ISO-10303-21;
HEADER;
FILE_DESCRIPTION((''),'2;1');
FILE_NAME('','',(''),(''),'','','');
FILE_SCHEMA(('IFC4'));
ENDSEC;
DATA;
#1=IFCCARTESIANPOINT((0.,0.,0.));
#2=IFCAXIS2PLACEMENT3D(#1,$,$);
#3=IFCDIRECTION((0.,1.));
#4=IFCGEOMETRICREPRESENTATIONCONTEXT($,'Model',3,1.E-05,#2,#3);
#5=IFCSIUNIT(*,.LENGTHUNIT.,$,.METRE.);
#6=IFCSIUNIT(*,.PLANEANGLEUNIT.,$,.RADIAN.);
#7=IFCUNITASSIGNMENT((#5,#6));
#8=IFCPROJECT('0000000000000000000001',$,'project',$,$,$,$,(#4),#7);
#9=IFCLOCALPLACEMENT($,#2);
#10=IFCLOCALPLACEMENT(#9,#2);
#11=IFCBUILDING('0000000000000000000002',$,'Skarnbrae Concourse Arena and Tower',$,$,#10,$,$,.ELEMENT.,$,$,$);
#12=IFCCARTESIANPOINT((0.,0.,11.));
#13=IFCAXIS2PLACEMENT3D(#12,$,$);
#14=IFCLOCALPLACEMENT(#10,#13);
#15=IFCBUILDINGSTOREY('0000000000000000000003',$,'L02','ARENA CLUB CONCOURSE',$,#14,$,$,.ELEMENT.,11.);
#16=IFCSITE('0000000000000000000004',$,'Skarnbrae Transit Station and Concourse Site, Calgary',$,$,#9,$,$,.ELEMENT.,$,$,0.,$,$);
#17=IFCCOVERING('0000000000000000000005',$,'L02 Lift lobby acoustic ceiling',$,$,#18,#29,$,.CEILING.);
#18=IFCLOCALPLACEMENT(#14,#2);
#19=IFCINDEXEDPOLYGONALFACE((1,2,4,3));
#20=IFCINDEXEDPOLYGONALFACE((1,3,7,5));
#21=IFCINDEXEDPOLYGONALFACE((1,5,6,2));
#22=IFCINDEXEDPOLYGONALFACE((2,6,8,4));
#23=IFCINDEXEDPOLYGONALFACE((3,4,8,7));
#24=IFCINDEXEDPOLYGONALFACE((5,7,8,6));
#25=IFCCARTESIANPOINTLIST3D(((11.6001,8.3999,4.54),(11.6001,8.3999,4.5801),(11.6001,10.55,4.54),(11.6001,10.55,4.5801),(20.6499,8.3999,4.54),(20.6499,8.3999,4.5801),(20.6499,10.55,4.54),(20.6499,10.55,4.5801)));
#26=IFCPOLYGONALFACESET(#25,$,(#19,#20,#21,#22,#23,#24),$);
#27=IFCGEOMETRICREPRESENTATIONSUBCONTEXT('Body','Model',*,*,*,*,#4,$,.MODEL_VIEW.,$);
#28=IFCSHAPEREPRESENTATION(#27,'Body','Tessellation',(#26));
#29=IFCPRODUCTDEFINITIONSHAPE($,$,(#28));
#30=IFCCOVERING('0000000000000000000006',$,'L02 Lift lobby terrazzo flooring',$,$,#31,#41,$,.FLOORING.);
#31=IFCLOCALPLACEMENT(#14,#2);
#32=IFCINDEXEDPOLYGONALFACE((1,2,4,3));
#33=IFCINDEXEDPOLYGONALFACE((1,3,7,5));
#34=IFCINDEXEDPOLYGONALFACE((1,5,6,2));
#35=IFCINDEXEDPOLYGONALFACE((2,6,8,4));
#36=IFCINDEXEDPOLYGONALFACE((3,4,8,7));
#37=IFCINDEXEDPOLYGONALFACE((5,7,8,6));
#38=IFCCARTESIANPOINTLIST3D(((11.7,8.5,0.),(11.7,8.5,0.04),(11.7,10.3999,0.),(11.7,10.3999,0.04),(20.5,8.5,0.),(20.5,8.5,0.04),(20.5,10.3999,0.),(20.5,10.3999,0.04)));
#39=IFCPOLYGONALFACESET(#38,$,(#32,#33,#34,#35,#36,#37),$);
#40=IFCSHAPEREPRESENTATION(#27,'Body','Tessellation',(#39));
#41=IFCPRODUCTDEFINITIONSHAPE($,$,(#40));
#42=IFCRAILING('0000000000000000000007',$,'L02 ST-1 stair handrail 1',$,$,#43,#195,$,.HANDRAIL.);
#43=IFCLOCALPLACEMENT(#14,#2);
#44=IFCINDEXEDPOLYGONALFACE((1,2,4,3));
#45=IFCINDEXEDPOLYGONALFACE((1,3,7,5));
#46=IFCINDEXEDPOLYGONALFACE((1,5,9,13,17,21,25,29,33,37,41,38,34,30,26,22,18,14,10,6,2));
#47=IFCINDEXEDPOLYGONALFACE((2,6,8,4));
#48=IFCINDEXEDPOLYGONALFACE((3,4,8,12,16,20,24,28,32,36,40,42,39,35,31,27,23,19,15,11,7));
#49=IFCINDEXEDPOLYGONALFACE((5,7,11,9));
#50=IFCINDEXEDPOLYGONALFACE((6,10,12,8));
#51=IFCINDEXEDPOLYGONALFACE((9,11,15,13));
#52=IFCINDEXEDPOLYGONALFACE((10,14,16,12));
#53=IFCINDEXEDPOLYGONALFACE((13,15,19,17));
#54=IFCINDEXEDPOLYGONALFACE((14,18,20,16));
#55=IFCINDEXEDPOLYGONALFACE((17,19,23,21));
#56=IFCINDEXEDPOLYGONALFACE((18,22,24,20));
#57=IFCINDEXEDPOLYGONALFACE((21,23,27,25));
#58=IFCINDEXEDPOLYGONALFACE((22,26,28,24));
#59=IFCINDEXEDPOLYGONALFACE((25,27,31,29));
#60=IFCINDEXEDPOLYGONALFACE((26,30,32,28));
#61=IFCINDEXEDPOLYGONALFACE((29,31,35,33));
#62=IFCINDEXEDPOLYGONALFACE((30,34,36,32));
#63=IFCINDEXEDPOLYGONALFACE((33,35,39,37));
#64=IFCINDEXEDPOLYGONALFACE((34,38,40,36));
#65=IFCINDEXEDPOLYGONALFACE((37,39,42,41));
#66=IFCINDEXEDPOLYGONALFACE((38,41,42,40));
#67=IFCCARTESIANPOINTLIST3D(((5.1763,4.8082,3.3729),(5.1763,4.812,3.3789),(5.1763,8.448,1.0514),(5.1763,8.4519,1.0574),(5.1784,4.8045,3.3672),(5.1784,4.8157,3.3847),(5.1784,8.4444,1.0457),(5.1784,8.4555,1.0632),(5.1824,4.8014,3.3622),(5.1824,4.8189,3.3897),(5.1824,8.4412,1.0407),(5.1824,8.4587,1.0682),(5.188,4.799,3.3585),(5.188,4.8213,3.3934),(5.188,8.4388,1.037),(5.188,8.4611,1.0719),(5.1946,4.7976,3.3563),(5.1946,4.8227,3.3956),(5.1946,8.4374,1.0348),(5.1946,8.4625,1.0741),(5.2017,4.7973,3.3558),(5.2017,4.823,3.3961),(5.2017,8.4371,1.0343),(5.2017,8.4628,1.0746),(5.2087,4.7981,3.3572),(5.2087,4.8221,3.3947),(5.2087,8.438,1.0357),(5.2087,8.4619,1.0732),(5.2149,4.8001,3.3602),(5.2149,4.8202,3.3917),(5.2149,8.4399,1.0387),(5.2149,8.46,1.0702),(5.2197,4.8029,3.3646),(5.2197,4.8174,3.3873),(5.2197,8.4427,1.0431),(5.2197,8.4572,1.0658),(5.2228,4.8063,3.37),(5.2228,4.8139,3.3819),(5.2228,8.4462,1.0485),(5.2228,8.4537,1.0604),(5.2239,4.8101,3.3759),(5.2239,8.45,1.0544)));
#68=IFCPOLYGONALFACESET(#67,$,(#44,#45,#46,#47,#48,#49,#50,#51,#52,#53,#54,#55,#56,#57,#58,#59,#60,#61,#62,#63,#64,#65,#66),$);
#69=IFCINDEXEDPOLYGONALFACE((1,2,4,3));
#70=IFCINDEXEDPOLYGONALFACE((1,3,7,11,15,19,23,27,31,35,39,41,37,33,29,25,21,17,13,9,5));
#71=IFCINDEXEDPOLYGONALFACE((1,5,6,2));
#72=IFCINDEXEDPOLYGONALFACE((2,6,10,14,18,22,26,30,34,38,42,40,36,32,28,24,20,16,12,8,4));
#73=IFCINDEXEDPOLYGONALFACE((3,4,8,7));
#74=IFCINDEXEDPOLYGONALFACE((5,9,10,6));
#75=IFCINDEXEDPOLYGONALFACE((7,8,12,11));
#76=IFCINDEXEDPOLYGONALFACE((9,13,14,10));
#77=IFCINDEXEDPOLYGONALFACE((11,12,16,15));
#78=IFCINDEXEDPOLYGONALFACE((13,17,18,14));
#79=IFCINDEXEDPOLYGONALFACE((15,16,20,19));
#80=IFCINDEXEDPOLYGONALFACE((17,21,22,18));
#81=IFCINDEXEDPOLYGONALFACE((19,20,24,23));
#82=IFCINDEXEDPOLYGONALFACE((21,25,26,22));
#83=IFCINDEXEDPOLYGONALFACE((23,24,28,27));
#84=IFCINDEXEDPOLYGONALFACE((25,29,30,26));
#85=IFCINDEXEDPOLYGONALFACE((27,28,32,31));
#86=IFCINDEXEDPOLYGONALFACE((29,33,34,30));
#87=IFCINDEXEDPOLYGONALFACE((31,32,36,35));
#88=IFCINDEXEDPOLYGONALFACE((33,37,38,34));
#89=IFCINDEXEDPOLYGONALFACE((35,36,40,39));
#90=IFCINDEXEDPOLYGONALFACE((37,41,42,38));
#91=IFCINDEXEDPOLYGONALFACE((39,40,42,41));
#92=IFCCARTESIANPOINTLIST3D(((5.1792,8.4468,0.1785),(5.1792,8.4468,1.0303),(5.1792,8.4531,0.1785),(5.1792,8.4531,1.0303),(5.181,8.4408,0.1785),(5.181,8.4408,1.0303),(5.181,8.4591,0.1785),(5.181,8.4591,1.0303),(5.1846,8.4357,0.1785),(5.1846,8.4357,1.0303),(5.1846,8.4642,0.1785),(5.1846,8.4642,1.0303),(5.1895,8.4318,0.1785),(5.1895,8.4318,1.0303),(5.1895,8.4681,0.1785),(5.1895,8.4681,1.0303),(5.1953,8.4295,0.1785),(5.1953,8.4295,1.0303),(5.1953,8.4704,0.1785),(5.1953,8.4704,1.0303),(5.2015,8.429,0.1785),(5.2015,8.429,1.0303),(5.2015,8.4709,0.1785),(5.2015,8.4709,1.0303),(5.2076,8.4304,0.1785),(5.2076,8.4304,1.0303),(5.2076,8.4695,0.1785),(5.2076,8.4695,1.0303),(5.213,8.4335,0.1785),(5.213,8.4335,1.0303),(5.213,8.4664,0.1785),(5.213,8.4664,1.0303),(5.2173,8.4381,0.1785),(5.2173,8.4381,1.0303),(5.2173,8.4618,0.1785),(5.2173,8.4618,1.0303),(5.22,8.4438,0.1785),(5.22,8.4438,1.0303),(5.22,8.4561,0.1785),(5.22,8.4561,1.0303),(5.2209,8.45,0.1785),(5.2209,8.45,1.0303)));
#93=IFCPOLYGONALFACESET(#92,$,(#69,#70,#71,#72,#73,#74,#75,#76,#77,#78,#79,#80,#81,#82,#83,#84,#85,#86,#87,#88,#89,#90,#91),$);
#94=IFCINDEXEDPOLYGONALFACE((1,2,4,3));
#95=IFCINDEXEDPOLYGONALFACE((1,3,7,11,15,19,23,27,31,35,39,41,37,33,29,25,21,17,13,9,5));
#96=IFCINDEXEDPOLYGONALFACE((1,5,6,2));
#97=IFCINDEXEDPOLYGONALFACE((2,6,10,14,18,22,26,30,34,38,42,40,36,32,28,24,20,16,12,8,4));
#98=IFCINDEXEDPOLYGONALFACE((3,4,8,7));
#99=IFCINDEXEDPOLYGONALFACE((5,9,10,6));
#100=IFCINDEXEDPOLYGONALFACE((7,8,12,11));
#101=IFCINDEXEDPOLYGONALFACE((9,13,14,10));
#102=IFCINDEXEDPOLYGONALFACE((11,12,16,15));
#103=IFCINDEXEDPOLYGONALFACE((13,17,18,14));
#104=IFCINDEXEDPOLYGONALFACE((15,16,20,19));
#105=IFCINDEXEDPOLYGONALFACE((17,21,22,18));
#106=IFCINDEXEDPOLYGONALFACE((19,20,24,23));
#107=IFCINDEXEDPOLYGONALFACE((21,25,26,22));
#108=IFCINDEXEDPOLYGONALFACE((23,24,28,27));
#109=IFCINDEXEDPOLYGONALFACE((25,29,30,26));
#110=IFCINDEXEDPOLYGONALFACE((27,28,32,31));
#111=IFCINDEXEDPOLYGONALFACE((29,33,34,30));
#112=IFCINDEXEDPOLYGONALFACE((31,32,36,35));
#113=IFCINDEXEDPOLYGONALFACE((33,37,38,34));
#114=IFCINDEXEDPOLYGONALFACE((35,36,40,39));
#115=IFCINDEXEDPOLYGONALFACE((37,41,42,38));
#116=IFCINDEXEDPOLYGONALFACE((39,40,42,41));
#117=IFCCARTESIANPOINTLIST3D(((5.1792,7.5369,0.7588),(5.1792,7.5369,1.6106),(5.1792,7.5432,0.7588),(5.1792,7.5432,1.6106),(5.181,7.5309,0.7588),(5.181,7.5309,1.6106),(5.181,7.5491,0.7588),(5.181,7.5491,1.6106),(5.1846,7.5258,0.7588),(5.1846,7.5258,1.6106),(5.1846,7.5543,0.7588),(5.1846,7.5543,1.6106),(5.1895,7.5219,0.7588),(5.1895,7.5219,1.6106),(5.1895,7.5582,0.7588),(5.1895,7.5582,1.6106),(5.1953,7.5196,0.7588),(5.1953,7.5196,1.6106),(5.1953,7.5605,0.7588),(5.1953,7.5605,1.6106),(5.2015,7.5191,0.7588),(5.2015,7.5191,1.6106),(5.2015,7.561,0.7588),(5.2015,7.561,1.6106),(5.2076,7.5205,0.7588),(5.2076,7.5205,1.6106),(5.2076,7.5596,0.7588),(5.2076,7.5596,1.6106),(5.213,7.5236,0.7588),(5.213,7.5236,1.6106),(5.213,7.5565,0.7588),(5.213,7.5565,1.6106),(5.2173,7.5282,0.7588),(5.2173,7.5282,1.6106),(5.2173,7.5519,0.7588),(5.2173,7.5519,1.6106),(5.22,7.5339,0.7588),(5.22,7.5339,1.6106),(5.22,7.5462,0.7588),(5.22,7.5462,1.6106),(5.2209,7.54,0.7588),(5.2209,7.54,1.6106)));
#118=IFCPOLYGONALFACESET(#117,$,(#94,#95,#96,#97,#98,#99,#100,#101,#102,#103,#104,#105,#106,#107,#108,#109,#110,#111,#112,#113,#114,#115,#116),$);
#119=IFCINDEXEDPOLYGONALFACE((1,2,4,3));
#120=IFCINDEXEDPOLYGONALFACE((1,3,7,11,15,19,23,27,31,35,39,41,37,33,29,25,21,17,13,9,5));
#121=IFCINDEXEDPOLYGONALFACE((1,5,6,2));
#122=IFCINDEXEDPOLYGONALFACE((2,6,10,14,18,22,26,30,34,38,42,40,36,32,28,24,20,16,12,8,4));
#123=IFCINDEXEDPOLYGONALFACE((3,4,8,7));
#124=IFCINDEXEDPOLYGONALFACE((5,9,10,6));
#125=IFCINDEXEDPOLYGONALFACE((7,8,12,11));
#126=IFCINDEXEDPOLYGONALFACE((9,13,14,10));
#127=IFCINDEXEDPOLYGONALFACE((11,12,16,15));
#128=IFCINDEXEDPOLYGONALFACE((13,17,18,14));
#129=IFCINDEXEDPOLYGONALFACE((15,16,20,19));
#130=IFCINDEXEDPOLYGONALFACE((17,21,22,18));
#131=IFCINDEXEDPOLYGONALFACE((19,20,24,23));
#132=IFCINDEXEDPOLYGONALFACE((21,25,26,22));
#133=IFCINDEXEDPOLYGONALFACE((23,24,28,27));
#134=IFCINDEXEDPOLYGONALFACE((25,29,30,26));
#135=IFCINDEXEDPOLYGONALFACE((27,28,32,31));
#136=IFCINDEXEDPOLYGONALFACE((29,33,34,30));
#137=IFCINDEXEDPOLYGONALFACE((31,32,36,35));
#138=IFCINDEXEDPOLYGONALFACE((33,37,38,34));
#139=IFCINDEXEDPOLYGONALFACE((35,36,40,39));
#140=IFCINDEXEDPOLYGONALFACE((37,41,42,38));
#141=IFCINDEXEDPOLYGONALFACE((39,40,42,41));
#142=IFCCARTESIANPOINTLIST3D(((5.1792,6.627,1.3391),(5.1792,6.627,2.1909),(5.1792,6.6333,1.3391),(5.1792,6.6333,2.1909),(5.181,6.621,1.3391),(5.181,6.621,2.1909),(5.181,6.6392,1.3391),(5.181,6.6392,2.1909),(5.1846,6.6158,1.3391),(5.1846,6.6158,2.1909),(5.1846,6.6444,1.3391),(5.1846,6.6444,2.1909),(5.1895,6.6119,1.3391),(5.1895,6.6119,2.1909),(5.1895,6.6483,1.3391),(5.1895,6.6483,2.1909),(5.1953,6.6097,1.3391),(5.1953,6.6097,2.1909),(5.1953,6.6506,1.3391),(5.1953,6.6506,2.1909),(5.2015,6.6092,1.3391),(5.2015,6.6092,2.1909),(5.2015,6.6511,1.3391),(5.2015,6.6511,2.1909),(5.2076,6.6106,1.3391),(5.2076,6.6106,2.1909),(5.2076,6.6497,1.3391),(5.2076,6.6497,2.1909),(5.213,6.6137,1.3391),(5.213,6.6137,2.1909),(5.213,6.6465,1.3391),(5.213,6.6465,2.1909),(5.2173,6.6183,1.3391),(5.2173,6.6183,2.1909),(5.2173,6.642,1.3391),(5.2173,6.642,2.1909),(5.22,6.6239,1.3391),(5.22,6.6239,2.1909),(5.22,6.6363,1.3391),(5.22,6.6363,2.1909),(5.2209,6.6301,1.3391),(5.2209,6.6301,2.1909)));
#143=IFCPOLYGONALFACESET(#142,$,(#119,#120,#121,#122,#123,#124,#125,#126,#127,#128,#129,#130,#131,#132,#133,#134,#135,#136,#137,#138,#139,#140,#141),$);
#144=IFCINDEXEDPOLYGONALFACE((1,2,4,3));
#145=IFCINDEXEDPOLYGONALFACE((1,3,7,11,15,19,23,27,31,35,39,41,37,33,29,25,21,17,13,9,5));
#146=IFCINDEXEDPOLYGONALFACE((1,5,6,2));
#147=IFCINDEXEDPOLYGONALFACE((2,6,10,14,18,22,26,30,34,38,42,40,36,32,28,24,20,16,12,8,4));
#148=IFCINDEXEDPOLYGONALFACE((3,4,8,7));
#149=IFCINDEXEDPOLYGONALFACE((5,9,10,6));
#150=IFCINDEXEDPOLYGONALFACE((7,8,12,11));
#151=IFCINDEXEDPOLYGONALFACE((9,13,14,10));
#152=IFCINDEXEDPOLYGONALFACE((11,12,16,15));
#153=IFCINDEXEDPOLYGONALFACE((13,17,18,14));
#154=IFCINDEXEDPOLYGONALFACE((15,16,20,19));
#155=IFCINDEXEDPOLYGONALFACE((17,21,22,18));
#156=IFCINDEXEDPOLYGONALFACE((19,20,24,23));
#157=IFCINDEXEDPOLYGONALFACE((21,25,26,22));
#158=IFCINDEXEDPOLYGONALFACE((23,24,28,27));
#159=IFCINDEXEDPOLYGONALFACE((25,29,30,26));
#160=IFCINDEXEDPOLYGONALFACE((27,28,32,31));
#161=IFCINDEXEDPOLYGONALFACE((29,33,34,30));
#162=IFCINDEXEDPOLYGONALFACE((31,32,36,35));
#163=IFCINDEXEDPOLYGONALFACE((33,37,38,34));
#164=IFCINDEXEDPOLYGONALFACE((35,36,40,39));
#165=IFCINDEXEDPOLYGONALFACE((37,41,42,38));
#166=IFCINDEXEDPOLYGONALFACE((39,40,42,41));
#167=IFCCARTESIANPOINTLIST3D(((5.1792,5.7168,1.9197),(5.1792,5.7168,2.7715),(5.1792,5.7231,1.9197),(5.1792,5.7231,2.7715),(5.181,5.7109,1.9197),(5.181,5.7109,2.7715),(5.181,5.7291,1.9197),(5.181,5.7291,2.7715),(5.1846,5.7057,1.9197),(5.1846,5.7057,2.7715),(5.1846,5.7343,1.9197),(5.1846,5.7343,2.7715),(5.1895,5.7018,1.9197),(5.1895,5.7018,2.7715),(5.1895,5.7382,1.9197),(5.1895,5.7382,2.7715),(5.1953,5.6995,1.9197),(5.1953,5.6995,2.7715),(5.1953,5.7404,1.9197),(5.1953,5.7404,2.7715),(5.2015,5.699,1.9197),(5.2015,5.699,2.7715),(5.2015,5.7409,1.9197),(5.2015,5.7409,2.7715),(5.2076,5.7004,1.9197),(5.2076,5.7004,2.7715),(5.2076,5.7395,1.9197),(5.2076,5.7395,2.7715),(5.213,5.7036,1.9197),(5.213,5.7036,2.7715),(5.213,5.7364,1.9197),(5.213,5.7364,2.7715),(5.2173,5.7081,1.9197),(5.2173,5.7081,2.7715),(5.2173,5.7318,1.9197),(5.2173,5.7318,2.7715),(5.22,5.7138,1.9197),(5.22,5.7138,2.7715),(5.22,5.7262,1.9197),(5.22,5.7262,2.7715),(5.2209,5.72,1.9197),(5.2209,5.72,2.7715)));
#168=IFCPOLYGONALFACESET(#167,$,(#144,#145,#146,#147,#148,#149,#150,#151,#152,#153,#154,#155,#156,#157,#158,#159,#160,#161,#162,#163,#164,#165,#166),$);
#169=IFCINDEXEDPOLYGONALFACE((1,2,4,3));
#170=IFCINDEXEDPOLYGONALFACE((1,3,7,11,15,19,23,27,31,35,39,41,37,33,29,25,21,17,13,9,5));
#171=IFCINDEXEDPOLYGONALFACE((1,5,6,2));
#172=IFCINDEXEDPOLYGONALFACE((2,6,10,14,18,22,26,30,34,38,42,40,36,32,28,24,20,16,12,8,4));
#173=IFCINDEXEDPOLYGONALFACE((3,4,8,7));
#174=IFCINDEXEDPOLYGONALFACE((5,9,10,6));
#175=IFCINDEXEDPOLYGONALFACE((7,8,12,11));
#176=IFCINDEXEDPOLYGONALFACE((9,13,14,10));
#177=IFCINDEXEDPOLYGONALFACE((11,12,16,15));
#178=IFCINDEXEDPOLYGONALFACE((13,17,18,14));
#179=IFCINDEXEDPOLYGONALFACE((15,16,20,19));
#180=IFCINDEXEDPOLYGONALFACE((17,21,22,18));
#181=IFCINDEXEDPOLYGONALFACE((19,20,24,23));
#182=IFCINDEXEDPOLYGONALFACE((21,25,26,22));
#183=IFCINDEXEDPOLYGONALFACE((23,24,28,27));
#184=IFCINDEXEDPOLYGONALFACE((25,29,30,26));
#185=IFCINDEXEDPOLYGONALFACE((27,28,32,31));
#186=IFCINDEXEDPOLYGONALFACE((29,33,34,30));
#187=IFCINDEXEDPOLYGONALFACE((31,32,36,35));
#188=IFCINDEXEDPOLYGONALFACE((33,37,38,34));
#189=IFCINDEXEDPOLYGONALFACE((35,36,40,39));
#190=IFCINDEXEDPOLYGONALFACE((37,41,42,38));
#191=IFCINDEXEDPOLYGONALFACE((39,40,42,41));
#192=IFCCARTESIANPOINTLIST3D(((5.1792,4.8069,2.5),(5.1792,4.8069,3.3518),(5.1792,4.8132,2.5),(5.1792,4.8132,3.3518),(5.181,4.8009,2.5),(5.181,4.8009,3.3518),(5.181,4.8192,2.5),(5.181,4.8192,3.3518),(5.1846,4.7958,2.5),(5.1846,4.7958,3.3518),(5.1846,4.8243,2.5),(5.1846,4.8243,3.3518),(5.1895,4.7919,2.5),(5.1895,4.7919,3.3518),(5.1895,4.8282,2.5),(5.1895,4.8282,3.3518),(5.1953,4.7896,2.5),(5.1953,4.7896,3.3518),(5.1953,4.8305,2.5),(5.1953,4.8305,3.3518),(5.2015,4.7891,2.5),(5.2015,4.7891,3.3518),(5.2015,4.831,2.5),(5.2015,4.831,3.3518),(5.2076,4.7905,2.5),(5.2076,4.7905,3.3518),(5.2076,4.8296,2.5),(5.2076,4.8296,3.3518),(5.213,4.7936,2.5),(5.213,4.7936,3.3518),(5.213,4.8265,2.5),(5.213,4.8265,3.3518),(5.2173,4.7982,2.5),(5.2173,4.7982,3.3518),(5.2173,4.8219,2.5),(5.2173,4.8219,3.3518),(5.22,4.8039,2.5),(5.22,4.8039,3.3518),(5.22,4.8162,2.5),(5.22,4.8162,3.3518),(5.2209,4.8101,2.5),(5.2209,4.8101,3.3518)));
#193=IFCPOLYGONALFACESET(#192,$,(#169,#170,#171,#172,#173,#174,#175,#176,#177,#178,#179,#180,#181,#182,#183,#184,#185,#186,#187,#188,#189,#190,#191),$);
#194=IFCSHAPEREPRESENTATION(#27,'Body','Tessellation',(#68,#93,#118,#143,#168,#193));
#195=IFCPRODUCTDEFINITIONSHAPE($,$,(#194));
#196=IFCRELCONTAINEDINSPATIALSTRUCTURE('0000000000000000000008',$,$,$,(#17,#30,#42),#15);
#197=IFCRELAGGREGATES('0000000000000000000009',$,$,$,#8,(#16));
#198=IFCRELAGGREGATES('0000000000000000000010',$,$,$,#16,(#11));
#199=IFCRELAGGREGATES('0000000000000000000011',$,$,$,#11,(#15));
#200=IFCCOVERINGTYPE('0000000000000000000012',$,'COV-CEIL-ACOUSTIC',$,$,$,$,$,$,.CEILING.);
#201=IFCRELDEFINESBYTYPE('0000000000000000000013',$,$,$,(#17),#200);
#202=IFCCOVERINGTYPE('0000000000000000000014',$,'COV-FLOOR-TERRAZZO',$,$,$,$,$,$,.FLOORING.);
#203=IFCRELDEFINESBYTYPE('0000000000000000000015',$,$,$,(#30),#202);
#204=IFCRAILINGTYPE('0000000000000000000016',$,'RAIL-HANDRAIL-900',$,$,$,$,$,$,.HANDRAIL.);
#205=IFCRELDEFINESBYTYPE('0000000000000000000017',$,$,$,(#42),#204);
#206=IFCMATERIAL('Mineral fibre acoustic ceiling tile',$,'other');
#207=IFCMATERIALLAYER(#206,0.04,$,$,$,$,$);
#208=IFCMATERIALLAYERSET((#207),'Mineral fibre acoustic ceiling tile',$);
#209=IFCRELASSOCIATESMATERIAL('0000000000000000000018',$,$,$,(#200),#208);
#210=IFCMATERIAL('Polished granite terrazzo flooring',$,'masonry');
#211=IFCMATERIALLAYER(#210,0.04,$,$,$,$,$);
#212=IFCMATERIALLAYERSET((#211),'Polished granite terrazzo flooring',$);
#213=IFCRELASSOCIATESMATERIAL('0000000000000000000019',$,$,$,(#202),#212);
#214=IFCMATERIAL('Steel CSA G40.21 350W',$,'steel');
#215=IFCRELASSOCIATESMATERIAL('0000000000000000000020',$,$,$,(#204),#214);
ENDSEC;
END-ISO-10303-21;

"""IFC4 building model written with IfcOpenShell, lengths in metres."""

from ifc_helpers import new_model, si_unit, direction, frame, origin, origin_2d, place, context, subcontext, project, spatial, polyline, circle, outline, extrude, material, layer, layer_set, type_object, element, save


model = new_model("IFC4")

# Units and contexts
model_context = context("Model", 3, precision=1e-05, world=origin(), true_north=direction((0.0, 1.0)))
body_context = subcontext(model_context, "Body", "Model", "MODEL_VIEW")
ifc_project = project(units=[si_unit("LENGTHUNIT", "METRE"), si_unit("PLANEANGLEUNIT", "RADIAN")], contexts=[model_context])

# Site, building, storey
site_placement = place(None, origin())
site = spatial("IfcSite", under=ifc_project, at=site_placement, Name="Skarnbrae Transit Station and Concourse Site, Calgary", CompositionType="ELEMENT", RefElevation=0.0)
building_placement = place(site_placement, origin())
building = spatial("IfcBuilding", under=site, at=building_placement, Name="Skarnbrae Concourse Arena and Tower", CompositionType="ELEMENT")
storey_placement = place(building_placement, frame((0.0, 0.0, 11.0)))
storey = spatial("IfcBuildingStorey", under=building, at=storey_placement, Name="L02", Description="ARENA CLUB CONCOURSE", CompositionType="ELEMENT", Elevation=11.0)

# Shared definitions
ifc_material_1 = material(Name="Steel CSA G40.21 350W", Category="steel")

# Coverings
ifc_material_2 = material(Name="Mineral fibre acoustic ceiling tile", Category="other")
ifc_layer_1 = layer(ifc_material_2, 0.04)
ifc_layer_set_1 = layer_set([ifc_layer_1], Name="Mineral fibre acoustic ceiling tile")
covering_type_1 = type_object("IfcCoveringType", Name="COV-CEIL-ACOUSTIC", PredefinedType="CEILING", material=ifc_layer_set_1)
covering_1_placement = place(storey_placement, frame((0.0, 0.0, 4.54)))
element("IfcCovering", 1, at=covering_1_placement, inside=storey, type_object=covering_type_1, Name="L02 Lift lobby acoustic ceiling", PredefinedType="CEILING", context=body_context, shape_type="SweptSolid", body=[
    extrude(outline(polyline([(11.6001, 8.3999), (20.6499, 8.3999), (20.6499, 10.55), (11.6001, 10.55), (11.6001, 8.3999)])), origin(), (0.0, 0.0, 1.0), 0.04),
])
ifc_material_3 = material(Name="Polished granite terrazzo flooring", Category="masonry")
ifc_layer_2 = layer(ifc_material_3, 0.04)
ifc_layer_set_2 = layer_set([ifc_layer_2], Name="Polished granite terrazzo flooring")
covering_type_2 = type_object("IfcCoveringType", Name="COV-FLOOR-TERRAZZO", PredefinedType="FLOORING", material=ifc_layer_set_2)
covering_2_placement = place(storey_placement, origin())
element("IfcCovering", 2, at=covering_2_placement, inside=storey, type_object=covering_type_2, Name="L02 Lift lobby terrazzo flooring", PredefinedType="FLOORING", context=body_context, shape_type="SweptSolid", body=[
    extrude(outline(polyline([(11.7, 8.5), (20.5, 8.5), (20.5, 10.3999), (11.7, 10.3999), (11.7, 8.5)])), origin(), (0.0, 0.0, 1.0), 0.04),
])

# Railing
railing_type_1 = type_object("IfcRailingType", Name="RAIL-HANDRAIL-900", PredefinedType="HANDRAIL", material=ifc_material_1)
railing_1_placement = place(storey_placement, frame((5.2, 8.45, 0.1785)))
element("IfcRailing", 3, at=railing_1_placement, inside=storey, type_object=railing_type_1, Name="L02 ST-1 stair handrail 1", PredefinedType="HANDRAIL", context=body_context, shape_type="SweptSolid", body=[
    extrude(circle(Radius=0.0239, at=origin_2d()), frame((0.0, 0.0, 0.876), z_axis=(0.0, -0.843112, 0.537739), x_axis=(1.0, 0.0, 0.0)), (0.0, 0.0, 1.0), 4.3171),
    extrude(circle(Radius=0.021, at=origin_2d()), origin(), (0.0, 0.0, 1.0), 0.8518),
    extrude(circle(Radius=0.021, at=origin_2d()), frame((0.0, -0.9099, 0.5803)), (0.0, 0.0, 1.0), 0.8518),
    extrude(circle(Radius=0.021, at=origin_2d()), frame((0.0, -1.8198, 1.1606)), (0.0, 0.0, 1.0), 0.8518),
    extrude(circle(Radius=0.021, at=origin_2d()), frame((0.0, -2.73, 1.7412)), (0.0, 0.0, 1.0), 0.8518),
    extrude(circle(Radius=0.021, at=origin_2d()), frame((0.0, -3.6399, 2.3215)), (0.0, 0.0, 1.0), 0.8518),
])

save(model, "model.ifc")
